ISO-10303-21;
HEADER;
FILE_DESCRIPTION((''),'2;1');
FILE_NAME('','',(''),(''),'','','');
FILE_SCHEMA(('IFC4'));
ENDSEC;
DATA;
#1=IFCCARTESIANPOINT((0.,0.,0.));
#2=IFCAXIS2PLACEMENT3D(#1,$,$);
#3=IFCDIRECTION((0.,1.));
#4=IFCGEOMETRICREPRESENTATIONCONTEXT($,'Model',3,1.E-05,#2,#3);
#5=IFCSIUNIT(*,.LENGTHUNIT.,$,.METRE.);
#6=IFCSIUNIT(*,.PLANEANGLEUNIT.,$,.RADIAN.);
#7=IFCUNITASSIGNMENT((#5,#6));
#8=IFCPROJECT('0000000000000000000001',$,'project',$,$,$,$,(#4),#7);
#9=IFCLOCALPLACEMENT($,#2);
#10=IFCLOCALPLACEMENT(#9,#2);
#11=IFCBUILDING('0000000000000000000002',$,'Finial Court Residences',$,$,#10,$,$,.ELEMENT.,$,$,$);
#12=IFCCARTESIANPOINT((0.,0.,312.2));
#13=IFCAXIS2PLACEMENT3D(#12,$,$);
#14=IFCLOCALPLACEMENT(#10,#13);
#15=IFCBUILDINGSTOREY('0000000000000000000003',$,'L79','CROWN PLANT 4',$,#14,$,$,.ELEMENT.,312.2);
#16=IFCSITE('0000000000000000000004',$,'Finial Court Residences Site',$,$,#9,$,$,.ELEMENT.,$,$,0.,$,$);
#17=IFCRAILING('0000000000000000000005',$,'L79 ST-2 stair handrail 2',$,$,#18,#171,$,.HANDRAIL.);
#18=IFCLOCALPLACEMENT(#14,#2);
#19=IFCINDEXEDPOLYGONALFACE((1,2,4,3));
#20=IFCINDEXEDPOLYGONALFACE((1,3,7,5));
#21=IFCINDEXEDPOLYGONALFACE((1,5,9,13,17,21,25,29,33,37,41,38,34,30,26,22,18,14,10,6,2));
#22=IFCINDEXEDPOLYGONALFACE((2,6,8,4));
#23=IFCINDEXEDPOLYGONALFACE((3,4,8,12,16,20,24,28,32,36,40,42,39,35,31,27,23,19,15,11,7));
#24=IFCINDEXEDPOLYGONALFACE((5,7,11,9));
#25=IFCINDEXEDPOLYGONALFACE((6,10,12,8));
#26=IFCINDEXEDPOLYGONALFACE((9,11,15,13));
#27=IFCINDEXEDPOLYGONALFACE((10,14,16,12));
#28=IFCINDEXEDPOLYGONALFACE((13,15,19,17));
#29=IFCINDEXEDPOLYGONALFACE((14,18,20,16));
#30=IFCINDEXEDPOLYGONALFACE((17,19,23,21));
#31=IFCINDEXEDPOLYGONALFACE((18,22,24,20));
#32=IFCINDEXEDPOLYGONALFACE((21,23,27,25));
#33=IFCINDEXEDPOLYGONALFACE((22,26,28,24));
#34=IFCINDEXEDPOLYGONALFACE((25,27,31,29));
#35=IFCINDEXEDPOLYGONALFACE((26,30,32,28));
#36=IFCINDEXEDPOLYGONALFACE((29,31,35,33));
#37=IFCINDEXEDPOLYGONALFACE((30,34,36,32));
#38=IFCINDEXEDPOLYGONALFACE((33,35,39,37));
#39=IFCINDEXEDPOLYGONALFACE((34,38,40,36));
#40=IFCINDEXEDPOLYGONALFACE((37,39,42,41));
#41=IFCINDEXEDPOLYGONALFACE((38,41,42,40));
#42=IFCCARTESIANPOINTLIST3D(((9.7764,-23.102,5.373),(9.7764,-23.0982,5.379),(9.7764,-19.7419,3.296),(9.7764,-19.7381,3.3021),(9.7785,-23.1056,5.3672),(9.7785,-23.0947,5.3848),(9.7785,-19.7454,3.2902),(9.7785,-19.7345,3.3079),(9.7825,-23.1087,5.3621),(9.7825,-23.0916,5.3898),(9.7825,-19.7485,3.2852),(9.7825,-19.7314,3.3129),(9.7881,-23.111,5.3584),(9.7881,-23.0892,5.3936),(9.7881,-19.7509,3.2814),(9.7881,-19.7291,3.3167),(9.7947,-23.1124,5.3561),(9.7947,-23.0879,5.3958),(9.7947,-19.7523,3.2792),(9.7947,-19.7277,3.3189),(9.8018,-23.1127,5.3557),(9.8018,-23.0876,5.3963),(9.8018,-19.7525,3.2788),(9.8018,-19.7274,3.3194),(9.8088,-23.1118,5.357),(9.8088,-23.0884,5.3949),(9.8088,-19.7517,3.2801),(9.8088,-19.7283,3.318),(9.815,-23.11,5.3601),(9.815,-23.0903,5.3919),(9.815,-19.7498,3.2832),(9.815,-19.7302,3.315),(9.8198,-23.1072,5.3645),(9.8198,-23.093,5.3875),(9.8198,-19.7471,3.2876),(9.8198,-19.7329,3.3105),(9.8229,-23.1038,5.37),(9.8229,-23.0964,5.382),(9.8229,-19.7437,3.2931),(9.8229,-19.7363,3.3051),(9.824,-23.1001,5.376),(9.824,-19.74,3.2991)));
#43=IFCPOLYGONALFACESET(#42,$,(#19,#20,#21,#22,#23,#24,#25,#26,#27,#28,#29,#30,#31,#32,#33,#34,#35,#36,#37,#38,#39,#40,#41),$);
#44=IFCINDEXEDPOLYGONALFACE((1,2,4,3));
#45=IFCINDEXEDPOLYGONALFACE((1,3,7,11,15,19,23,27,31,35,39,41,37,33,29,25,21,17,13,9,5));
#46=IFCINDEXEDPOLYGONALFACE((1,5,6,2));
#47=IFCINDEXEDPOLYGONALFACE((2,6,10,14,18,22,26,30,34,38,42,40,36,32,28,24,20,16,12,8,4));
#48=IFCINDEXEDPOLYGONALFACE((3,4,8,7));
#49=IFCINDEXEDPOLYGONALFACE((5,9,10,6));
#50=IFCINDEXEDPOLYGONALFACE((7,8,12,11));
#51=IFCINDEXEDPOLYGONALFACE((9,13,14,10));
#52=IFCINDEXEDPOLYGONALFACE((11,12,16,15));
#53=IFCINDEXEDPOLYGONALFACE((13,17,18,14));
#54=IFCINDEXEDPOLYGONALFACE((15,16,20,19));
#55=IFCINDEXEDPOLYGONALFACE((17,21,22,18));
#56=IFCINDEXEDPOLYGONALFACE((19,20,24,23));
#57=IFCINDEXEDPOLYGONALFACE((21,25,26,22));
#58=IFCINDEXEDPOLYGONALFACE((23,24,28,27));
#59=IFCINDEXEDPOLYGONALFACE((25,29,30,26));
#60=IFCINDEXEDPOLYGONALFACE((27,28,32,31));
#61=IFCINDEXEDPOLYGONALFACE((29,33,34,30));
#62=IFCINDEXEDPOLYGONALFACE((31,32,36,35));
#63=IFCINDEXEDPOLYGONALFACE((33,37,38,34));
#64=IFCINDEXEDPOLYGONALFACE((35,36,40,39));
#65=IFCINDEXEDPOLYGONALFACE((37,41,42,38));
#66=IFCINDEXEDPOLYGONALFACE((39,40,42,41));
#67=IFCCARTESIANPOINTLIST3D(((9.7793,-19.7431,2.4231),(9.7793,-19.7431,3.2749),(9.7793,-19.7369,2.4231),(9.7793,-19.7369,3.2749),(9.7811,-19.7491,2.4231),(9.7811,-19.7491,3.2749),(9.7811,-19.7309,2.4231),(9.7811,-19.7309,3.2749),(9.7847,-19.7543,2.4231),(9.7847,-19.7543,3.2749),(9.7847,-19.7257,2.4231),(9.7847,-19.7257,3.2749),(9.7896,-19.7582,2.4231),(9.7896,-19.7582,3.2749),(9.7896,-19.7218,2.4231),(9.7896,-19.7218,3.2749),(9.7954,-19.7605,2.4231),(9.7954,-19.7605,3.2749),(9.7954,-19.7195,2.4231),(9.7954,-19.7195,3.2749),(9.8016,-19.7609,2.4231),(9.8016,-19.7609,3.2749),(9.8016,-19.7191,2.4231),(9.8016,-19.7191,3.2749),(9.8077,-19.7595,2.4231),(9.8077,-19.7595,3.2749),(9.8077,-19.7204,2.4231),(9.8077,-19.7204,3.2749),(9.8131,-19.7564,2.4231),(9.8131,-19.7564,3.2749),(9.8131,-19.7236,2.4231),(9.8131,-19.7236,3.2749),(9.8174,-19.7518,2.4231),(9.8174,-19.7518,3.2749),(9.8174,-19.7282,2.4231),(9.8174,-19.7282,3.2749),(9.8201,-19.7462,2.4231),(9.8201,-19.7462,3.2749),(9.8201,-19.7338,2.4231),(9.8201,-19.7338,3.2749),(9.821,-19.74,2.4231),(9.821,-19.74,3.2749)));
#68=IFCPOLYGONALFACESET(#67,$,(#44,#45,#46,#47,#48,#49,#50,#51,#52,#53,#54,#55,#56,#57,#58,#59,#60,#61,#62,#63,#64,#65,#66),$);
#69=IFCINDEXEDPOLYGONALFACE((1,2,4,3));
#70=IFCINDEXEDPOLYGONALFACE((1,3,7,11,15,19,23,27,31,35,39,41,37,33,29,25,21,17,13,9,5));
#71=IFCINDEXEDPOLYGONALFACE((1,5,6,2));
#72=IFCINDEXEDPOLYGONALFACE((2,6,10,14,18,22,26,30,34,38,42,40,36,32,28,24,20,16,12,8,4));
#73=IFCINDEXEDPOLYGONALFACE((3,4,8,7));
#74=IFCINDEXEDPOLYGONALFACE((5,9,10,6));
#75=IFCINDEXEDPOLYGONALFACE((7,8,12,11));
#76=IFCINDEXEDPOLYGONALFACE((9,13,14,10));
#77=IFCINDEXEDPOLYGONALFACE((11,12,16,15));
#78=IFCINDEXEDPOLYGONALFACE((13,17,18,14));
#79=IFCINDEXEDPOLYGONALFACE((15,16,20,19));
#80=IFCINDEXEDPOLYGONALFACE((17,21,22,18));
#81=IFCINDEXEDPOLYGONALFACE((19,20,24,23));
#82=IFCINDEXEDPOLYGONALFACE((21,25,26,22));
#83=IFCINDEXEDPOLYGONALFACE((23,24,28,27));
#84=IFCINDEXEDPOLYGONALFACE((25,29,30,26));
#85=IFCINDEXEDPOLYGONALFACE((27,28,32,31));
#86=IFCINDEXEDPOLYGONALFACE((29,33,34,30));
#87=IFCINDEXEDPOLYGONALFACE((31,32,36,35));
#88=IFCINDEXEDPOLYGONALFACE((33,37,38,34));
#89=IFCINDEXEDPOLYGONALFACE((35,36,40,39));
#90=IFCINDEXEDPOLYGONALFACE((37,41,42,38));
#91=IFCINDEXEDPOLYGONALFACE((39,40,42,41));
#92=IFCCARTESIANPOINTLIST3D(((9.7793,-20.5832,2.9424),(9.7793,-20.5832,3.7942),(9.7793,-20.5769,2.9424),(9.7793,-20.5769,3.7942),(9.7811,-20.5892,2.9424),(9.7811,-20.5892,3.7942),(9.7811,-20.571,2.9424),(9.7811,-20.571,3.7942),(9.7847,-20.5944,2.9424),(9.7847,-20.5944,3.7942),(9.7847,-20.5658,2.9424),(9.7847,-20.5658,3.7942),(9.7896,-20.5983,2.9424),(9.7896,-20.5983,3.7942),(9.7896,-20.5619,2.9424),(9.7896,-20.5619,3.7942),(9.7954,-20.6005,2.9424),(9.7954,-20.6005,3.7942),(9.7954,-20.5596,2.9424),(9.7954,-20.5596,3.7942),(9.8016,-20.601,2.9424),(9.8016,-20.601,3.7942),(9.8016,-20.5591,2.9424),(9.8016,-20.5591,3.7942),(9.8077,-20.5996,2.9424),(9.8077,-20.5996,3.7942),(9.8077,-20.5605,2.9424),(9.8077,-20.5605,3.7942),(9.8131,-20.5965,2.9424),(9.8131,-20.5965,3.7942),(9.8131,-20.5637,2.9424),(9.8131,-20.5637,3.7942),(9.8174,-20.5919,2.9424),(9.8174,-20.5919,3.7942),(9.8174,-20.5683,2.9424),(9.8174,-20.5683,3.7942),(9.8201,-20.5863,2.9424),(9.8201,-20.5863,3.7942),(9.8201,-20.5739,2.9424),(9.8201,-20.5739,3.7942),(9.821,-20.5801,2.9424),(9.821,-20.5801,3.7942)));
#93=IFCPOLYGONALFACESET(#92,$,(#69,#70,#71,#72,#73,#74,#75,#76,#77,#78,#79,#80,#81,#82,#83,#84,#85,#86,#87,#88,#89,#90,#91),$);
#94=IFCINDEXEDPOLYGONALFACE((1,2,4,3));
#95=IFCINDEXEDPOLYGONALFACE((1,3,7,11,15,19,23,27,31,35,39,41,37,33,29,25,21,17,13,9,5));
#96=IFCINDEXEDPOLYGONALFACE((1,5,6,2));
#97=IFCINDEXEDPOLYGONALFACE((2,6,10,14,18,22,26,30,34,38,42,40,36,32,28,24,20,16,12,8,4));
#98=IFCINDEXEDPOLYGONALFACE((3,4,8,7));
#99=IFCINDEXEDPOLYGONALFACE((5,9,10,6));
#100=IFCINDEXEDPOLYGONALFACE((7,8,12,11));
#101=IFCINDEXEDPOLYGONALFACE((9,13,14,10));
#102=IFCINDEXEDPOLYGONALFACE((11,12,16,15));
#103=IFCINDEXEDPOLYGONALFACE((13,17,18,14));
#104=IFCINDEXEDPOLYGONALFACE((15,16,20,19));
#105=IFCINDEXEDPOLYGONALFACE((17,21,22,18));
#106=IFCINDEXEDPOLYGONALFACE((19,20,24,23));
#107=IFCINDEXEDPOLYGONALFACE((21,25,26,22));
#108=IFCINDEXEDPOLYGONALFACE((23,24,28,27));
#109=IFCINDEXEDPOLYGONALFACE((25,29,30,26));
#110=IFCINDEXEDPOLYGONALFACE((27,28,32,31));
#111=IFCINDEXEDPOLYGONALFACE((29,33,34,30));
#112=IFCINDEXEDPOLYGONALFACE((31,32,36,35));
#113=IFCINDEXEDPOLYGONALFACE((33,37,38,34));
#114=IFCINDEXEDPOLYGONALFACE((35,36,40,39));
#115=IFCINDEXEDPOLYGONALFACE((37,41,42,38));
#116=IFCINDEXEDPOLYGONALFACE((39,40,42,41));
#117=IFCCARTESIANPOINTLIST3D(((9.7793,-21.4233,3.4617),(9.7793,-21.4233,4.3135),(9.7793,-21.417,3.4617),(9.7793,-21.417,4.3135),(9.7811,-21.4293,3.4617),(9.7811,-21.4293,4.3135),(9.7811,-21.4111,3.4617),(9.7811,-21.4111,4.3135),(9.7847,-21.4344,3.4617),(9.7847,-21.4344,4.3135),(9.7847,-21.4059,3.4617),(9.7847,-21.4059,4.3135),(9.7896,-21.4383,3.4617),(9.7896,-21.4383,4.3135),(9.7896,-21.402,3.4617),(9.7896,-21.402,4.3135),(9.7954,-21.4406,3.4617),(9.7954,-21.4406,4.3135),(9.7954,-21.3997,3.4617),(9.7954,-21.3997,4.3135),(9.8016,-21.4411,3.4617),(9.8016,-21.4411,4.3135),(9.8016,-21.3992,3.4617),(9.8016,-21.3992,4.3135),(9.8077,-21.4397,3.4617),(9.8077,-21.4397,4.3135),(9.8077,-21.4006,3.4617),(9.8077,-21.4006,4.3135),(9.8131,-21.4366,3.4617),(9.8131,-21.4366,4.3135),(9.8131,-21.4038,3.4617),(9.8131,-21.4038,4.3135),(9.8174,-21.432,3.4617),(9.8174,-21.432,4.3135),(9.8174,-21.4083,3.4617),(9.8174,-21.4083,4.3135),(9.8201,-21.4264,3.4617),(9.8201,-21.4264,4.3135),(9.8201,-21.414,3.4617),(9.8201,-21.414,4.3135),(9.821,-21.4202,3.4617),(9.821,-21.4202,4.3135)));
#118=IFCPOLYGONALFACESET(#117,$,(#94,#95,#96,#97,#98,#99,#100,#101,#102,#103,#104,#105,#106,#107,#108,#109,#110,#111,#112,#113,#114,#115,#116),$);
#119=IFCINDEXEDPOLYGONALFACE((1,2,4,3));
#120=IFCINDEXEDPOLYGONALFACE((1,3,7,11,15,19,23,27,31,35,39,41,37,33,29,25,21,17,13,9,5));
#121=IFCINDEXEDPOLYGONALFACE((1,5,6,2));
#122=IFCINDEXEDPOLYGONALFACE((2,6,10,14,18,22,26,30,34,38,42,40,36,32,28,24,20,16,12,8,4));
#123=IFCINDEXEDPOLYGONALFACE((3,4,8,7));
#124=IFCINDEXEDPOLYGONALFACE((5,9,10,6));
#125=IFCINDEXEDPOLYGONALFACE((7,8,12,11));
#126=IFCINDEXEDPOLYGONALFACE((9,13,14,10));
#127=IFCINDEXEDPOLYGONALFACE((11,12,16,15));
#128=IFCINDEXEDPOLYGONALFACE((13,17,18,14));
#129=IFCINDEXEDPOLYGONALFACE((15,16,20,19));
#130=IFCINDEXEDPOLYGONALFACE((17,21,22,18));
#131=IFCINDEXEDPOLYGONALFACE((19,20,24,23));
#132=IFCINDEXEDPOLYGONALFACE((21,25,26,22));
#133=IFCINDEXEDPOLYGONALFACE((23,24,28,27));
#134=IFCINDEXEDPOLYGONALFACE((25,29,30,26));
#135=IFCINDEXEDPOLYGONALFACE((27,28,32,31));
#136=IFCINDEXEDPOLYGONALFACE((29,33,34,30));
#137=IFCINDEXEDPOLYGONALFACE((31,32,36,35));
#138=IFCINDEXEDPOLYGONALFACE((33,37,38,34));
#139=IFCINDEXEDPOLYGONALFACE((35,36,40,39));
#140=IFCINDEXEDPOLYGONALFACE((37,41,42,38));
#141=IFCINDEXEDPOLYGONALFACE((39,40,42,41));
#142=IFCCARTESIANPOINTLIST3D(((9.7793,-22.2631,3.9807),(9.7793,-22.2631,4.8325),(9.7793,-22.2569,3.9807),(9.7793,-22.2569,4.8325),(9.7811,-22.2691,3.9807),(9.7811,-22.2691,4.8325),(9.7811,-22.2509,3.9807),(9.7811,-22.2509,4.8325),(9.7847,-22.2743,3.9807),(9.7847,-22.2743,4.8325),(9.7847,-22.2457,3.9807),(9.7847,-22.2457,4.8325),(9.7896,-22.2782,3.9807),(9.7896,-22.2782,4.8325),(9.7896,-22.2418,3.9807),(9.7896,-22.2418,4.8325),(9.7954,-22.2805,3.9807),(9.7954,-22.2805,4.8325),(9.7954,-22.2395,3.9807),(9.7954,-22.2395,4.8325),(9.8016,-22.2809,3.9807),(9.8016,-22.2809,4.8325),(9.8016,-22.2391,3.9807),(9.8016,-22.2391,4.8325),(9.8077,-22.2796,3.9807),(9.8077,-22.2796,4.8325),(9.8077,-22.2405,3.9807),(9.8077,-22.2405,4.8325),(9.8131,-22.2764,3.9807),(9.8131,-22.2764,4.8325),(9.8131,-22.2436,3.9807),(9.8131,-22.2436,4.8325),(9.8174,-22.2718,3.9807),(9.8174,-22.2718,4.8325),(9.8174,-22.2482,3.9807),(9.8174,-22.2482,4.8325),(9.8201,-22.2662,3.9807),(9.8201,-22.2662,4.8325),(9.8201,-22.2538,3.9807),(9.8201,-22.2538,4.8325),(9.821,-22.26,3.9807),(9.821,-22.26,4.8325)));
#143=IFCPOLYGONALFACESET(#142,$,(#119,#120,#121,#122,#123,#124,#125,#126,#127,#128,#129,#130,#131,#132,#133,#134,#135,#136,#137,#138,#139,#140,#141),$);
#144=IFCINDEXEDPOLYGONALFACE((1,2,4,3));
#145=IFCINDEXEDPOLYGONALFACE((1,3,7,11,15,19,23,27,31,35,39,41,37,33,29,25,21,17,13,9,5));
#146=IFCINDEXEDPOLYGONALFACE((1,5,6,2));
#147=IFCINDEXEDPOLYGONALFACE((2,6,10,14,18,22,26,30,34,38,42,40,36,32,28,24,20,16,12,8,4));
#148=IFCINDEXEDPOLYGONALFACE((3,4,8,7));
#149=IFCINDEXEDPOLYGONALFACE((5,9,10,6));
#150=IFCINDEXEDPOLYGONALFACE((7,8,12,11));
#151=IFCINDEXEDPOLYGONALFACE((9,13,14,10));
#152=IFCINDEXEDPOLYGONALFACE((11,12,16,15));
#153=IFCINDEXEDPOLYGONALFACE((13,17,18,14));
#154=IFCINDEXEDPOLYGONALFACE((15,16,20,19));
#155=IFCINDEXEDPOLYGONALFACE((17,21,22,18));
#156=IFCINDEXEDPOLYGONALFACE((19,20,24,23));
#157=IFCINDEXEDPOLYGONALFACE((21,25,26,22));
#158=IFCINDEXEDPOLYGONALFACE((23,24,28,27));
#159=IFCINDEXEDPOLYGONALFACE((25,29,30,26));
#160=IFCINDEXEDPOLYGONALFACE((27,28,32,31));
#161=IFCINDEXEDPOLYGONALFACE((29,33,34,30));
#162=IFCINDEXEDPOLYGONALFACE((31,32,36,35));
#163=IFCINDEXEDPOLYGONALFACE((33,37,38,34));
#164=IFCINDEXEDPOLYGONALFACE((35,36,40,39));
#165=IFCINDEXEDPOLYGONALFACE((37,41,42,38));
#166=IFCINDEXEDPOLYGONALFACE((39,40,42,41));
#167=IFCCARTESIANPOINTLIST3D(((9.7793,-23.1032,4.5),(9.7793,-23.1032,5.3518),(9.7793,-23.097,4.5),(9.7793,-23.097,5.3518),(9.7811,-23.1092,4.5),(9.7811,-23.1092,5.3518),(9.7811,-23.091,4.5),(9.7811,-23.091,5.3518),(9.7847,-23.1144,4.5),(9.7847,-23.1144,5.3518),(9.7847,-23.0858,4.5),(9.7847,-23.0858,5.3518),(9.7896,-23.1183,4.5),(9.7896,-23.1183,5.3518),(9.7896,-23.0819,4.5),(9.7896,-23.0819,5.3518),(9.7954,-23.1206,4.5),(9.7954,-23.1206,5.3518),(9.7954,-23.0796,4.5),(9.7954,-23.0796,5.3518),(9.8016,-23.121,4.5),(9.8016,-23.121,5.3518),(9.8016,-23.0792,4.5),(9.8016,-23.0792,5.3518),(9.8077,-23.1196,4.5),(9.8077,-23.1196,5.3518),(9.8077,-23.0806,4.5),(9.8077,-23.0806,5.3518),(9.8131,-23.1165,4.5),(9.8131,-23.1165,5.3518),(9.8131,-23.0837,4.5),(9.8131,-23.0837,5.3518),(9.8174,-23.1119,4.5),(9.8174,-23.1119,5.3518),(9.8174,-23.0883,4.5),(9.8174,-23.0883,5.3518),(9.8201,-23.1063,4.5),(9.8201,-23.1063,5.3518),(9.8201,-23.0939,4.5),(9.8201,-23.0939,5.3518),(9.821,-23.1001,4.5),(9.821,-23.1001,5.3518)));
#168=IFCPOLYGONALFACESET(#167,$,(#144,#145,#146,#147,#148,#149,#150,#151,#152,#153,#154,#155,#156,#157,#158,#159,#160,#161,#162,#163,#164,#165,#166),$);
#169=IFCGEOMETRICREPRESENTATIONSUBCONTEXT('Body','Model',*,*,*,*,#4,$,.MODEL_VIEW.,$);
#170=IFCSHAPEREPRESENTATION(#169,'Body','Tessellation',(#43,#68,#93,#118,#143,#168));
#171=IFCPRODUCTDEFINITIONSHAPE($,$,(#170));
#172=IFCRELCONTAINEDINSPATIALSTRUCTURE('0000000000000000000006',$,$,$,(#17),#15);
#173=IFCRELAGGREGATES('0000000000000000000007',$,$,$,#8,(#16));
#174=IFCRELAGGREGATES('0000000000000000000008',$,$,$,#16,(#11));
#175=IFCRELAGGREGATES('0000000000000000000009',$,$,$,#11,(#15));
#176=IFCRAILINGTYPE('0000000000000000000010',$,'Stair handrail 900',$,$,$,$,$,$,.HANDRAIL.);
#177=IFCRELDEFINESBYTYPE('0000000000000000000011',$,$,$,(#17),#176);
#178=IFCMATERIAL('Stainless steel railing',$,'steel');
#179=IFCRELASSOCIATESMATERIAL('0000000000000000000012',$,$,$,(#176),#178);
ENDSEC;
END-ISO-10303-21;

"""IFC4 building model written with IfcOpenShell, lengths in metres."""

from ifc_helpers import new_model, si_unit, direction, frame, origin, origin_2d, place, context, subcontext, project, spatial, circle, extrude, material, type_object, element, save


model = new_model("IFC4")

# Units and contexts
model_context = context("Model", 3, precision=1e-05, world=origin(), true_north=direction((0.0, 1.0)))
body_context = subcontext(model_context, "Body", "Model", "MODEL_VIEW")
ifc_project = project(units=[si_unit("LENGTHUNIT", "METRE"), si_unit("PLANEANGLEUNIT", "RADIAN")], contexts=[model_context])

# Site, building, storey
site_placement = place(None, origin())
site = spatial("IfcSite", under=ifc_project, at=site_placement, Name="Finial Court Residences Site", CompositionType="ELEMENT", RefElevation=0.0)
building_placement = place(site_placement, origin())
building = spatial("IfcBuilding", under=site, at=building_placement, Name="Finial Court Residences", CompositionType="ELEMENT")
storey_placement = place(building_placement, frame((0.0, 0.0, 312.2)))
storey = spatial("IfcBuildingStorey", under=building, at=storey_placement, Name="L79", Description="CROWN PLANT 4", CompositionType="ELEMENT", Elevation=312.2)

# Railing
ifc_material_1 = material(Name="Stainless steel railing", Category="steel")
railing_type_1 = type_object("IfcRailingType", Name="Stair handrail 900", PredefinedType="HANDRAIL", material=ifc_material_1)
railing_1_placement = place(storey_placement, frame((9.8, -19.74, 2.4231)))
element("IfcRailing", 1, at=railing_1_placement, inside=storey, type_object=railing_type_1, Name="L79 ST-2 stair handrail 2", PredefinedType="HANDRAIL", context=body_context, shape_type="SweptSolid", body=[
    extrude(circle(Radius=0.0239, at=origin_2d()), frame((0.0, 0.0, 0.876), z_axis=(0.0, -0.850623, 0.525776), x_axis=(1.0, 0.0, 0.0)), (0.0, 0.0, 1.0), 3.9502),
    extrude(circle(Radius=0.021, at=origin_2d()), origin(), (0.0, 0.0, 1.0), 0.8518),
    extrude(circle(Radius=0.021, at=origin_2d()), frame((0.0, -0.8401, 0.5193)), (0.0, 0.0, 1.0), 0.8518),
    extrude(circle(Radius=0.021, at=origin_2d()), frame((0.0, -1.6802, 1.0386)), (0.0, 0.0, 1.0), 0.8518),
    extrude(circle(Radius=0.021, at=origin_2d()), frame((0.0, -2.52, 1.5576)), (0.0, 0.0, 1.0), 0.8518),
    extrude(circle(Radius=0.021, at=origin_2d()), frame((0.0, -3.3601, 2.0769)), (0.0, 0.0, 1.0), 0.8518),
])

save(model, "model.ifc")
